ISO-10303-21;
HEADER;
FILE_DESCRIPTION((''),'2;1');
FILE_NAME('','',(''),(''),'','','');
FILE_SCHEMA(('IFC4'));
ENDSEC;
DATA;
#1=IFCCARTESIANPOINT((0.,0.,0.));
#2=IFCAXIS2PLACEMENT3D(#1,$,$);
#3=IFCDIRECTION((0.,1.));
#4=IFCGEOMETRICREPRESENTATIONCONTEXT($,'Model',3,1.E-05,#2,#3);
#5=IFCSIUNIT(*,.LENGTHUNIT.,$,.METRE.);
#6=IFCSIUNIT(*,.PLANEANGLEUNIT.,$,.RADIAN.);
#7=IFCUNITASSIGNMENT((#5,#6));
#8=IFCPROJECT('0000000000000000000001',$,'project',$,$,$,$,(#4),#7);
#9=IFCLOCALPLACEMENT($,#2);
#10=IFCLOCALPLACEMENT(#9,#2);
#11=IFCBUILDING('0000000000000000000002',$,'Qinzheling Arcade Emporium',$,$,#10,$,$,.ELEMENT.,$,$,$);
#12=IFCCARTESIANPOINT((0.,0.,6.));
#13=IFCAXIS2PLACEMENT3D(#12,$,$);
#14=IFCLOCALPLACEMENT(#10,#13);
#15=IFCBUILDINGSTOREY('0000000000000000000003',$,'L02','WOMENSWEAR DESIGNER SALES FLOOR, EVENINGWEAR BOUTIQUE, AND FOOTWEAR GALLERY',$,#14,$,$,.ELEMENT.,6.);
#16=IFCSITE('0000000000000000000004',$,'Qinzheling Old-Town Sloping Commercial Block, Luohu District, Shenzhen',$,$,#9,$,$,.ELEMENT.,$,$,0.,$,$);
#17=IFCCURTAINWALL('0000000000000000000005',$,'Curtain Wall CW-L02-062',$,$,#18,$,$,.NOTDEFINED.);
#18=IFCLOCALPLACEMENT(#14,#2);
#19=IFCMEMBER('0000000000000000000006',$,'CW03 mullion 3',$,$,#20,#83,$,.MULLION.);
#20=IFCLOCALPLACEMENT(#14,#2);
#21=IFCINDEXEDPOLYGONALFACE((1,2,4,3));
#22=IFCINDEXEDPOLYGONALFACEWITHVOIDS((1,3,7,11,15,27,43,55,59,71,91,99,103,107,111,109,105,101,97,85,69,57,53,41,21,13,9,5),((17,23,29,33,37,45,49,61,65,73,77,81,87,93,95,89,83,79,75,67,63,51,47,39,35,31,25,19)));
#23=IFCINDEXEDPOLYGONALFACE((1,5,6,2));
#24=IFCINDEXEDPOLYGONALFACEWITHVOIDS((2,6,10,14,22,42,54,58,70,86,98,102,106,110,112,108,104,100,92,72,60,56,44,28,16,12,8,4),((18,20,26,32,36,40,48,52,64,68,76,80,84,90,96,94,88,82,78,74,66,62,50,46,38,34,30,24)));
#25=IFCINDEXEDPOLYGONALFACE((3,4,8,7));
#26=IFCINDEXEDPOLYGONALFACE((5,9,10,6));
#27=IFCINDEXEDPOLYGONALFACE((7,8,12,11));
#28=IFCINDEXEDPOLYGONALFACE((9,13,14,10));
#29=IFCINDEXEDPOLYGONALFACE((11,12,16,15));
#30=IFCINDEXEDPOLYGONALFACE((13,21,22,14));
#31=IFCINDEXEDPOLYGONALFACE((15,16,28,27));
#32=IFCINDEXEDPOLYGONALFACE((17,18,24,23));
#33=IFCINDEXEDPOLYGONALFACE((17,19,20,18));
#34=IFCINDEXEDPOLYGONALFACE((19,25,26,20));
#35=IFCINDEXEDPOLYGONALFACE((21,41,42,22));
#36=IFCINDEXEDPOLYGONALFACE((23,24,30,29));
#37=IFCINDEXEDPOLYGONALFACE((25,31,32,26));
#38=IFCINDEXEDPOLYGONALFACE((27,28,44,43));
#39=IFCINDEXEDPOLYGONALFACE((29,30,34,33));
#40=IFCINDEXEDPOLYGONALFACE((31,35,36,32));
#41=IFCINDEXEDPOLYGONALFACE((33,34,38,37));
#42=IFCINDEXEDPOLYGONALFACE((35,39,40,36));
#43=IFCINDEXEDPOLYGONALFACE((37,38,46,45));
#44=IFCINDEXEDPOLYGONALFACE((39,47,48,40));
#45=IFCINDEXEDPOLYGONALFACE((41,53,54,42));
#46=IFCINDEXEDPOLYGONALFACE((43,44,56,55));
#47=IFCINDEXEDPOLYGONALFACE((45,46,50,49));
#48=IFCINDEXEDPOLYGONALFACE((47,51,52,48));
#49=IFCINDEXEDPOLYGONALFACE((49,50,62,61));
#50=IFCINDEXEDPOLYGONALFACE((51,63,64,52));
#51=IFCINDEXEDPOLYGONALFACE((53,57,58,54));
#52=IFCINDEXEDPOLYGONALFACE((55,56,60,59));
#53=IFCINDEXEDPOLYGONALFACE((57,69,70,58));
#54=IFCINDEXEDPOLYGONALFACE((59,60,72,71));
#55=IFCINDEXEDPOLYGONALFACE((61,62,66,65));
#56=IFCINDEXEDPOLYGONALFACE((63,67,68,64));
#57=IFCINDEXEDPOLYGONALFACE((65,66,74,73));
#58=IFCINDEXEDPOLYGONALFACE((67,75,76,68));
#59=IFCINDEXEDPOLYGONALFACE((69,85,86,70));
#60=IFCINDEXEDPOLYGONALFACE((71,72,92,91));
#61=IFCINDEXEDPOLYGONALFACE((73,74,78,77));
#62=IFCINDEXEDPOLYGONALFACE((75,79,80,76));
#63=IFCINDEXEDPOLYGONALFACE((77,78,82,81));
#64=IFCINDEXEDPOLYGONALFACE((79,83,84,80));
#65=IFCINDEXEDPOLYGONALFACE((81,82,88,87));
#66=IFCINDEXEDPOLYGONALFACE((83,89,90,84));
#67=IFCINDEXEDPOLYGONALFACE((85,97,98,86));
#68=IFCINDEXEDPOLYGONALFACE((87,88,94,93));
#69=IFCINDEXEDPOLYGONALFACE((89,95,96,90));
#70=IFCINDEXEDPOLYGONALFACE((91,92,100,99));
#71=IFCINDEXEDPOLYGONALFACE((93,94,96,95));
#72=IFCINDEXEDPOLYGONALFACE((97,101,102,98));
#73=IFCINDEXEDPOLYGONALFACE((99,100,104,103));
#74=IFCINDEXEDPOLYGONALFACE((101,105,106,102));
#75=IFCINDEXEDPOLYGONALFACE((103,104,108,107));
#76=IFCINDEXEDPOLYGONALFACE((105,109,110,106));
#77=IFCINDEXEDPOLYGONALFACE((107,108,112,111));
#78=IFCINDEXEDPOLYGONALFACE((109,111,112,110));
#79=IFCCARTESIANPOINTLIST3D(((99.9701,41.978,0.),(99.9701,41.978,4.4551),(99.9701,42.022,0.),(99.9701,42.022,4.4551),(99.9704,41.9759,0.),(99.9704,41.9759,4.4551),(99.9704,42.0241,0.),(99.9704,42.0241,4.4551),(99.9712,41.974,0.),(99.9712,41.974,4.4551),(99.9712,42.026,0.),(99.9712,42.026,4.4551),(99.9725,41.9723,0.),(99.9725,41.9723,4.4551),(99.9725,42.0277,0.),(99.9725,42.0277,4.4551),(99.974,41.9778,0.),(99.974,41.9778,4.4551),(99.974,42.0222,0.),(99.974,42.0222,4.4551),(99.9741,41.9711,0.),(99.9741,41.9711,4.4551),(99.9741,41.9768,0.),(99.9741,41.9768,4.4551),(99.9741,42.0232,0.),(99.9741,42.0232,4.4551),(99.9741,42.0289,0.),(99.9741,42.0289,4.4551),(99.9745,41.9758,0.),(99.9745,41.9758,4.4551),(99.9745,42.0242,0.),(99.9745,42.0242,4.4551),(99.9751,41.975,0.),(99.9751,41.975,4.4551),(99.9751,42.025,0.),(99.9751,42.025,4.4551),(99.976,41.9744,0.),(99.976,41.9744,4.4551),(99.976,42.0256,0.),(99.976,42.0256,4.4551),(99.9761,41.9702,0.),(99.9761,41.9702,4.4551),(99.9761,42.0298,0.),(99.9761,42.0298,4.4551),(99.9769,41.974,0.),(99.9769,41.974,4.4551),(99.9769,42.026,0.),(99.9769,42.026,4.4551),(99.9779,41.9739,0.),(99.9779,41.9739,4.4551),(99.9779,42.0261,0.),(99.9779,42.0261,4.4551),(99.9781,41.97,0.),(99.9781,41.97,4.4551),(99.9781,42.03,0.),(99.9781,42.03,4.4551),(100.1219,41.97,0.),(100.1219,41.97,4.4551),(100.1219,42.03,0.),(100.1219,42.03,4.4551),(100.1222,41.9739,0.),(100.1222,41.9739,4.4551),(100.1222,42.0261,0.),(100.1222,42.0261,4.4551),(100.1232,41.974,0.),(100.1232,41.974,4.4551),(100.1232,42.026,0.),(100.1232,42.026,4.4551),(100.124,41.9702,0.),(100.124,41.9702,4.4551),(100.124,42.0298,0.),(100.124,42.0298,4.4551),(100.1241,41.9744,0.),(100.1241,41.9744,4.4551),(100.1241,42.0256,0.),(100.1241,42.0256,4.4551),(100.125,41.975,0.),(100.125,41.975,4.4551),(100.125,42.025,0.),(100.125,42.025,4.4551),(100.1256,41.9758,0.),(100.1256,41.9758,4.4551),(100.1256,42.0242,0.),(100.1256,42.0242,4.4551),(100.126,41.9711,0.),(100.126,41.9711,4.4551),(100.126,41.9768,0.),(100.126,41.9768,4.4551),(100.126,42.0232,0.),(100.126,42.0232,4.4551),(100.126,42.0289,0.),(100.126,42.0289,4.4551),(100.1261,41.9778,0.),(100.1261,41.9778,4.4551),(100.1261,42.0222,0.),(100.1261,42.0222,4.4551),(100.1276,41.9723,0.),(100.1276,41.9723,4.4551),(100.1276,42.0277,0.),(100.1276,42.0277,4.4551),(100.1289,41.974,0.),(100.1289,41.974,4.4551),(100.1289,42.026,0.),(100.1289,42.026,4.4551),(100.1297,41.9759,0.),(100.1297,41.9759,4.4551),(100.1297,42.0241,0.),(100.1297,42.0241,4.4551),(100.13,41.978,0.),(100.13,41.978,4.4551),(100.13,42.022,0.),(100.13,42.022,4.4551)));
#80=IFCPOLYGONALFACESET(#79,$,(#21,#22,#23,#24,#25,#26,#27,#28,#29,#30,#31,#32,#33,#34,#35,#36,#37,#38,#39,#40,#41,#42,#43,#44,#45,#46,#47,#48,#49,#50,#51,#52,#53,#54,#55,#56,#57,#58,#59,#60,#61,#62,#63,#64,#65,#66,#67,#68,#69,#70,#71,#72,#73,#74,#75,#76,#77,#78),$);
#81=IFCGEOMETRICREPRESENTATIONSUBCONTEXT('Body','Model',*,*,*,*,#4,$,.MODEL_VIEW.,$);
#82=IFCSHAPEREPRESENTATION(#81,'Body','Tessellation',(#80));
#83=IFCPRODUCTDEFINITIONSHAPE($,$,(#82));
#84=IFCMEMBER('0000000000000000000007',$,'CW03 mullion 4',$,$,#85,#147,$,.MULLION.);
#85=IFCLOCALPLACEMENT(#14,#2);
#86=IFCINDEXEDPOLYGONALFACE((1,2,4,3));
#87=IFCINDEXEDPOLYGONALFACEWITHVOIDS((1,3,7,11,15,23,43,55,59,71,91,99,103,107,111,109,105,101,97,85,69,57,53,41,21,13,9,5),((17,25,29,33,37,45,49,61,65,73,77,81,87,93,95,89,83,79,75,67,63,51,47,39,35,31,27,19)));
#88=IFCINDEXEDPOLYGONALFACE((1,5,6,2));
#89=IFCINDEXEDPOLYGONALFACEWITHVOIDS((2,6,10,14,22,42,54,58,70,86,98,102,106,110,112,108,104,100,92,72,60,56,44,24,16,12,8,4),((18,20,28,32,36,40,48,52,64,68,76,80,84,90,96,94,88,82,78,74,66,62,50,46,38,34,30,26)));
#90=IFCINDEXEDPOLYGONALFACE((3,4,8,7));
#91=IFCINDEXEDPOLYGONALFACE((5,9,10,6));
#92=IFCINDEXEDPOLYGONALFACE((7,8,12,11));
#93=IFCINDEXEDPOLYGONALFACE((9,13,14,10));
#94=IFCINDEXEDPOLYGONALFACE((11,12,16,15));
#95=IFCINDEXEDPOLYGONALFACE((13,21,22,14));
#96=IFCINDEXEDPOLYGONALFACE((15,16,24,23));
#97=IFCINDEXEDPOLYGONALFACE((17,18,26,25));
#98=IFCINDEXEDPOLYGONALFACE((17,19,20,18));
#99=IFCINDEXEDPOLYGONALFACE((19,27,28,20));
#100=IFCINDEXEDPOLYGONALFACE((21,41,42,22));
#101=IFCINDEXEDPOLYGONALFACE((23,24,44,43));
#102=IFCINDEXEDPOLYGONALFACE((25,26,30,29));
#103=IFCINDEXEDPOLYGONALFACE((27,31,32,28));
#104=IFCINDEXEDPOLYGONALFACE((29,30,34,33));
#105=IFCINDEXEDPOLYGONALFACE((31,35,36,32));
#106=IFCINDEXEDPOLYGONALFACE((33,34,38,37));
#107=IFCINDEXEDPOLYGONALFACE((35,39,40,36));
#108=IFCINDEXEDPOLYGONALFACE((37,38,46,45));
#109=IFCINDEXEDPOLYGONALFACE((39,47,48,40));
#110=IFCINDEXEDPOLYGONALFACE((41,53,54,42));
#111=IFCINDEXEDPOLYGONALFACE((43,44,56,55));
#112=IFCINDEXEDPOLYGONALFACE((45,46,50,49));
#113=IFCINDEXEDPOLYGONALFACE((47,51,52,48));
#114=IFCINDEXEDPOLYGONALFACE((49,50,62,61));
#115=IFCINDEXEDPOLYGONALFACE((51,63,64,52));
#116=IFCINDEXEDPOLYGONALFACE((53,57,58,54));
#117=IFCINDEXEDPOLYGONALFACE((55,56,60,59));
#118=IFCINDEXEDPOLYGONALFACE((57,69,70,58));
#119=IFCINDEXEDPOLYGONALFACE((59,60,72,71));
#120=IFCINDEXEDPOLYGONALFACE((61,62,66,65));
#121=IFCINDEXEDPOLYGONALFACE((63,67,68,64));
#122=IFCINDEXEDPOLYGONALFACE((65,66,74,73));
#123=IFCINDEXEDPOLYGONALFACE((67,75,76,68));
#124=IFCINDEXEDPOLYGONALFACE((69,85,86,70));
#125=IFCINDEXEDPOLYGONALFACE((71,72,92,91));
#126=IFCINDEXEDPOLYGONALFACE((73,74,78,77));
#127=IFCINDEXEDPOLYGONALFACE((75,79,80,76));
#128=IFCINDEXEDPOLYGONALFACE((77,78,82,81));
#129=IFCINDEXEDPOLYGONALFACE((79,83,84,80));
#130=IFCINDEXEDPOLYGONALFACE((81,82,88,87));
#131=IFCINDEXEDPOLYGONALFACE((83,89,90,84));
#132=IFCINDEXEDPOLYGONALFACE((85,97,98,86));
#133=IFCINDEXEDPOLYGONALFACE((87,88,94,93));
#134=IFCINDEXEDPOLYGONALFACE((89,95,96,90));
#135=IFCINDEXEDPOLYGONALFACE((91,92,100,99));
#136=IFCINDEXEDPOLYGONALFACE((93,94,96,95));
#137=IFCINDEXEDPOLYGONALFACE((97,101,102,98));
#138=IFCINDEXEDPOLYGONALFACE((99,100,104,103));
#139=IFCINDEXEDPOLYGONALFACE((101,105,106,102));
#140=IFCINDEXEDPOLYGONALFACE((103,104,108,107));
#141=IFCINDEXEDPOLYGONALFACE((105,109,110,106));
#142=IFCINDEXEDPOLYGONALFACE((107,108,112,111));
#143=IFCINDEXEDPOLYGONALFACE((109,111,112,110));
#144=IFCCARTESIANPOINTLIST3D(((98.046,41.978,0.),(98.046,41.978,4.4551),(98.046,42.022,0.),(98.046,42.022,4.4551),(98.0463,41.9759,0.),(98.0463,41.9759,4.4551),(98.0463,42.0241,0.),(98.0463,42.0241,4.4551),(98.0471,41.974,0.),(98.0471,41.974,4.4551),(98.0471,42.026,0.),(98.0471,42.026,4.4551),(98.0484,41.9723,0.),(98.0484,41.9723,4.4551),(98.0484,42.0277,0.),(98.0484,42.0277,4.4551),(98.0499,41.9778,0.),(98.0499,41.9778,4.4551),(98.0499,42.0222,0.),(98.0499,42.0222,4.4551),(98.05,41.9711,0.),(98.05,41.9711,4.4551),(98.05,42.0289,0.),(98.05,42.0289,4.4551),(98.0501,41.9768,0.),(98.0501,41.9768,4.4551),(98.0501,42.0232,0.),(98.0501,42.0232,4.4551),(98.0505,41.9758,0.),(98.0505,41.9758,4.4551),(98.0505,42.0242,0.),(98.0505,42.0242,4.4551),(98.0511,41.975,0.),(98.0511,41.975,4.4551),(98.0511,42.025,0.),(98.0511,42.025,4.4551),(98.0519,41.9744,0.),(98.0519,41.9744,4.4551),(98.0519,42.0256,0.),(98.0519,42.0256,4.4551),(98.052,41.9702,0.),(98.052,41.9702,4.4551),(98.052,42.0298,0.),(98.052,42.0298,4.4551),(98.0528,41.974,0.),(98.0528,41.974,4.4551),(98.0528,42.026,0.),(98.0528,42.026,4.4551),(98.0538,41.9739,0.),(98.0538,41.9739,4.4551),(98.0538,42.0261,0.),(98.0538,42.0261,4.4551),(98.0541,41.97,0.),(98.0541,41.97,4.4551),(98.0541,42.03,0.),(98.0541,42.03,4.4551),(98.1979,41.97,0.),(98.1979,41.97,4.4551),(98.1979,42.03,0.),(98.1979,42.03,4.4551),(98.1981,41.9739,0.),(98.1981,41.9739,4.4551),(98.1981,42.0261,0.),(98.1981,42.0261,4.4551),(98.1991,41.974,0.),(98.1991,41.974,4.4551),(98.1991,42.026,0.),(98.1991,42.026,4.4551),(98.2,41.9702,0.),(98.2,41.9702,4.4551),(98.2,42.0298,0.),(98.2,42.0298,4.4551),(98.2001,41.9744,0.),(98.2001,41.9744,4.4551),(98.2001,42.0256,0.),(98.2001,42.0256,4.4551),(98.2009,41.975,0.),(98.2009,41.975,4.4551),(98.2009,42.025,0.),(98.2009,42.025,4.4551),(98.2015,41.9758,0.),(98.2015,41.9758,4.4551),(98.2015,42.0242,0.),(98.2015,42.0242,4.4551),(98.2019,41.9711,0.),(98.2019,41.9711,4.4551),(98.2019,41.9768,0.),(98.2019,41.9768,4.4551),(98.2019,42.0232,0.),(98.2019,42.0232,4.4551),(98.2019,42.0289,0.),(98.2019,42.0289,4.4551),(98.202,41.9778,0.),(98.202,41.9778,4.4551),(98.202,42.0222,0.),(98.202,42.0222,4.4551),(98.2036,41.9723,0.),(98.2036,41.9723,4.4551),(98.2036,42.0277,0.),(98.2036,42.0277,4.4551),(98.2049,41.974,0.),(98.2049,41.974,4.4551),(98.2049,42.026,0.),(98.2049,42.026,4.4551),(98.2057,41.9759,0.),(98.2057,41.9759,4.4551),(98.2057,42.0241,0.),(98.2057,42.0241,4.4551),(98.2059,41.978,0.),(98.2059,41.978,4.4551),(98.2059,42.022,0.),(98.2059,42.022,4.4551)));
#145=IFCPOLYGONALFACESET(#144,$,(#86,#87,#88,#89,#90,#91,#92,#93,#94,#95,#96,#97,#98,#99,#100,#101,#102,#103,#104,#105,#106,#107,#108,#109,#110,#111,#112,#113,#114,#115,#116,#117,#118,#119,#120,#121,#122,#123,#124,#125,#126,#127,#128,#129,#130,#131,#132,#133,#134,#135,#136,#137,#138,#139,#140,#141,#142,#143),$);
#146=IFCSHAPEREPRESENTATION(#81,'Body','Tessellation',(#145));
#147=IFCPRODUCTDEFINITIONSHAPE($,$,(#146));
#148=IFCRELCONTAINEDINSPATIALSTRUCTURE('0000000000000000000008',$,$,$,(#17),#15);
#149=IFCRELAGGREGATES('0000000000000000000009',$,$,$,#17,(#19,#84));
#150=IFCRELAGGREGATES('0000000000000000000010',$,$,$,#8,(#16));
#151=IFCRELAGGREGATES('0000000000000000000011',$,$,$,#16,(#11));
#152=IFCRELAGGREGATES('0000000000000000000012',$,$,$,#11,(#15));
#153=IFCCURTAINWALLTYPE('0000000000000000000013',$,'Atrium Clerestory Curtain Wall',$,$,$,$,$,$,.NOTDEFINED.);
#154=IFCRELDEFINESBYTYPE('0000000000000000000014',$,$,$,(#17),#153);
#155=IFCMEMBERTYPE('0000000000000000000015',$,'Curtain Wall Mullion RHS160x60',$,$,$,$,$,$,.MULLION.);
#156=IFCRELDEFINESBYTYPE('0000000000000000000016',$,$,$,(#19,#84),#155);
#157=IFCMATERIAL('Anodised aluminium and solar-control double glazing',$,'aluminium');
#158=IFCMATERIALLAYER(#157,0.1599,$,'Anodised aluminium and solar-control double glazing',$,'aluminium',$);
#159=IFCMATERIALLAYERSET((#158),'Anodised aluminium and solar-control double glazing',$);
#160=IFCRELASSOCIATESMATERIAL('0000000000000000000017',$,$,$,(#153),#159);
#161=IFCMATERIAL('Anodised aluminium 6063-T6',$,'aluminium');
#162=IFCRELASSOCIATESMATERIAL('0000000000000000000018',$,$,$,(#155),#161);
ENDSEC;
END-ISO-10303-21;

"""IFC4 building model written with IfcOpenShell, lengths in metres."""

from ifc_helpers import new_model, si_unit, direction, frame, origin, origin_2d, place, context, subcontext, project, spatial, hollow_rectangle, extrude, material, layer, layer_set, material_profile, profile_set, type_object, element, aggregate, save


model = new_model("IFC4")

# Units and contexts
model_context = context("Model", 3, precision=1e-05, world=origin(), true_north=direction((0.0, 1.0)))
body_context = subcontext(model_context, "Body", "Model", "MODEL_VIEW")
ifc_project = project(units=[si_unit("LENGTHUNIT", "METRE"), si_unit("PLANEANGLEUNIT", "RADIAN")], contexts=[model_context])

# Site, building, storey
site_placement = place(None, origin())
site = spatial("IfcSite", under=ifc_project, at=site_placement, Name="Qinzheling Old-Town Sloping Commercial Block, Luohu District, Shenzhen", CompositionType="ELEMENT", RefElevation=0.0)
building_placement = place(site_placement, origin())
building = spatial("IfcBuilding", under=site, at=building_placement, Name="Qinzheling Arcade Emporium", CompositionType="ELEMENT")
storey_placement = place(building_placement, frame((0.0, 0.0, 6.0)))
storey = spatial("IfcBuildingStorey", under=building, at=storey_placement, Name="L02", Description="WOMENSWEAR DESIGNER SALES FLOOR, EVENINGWEAR BOUTIQUE, AND FOOTWEAR GALLERY", CompositionType="ELEMENT", Elevation=6.0)

# Curtain wall, members
ifc_material_1 = material(Name="Anodised aluminium and solar-control double glazing", Category="aluminium")
ifc_layer_1 = layer(ifc_material_1, 0.1599, Name="Anodised aluminium and solar-control double glazing", Category="aluminium")
ifc_layer_set_1 = layer_set([ifc_layer_1], Name="Anodised aluminium and solar-control double glazing")
curtain_wall_type = type_object("IfcCurtainWallType", Name="Atrium Clerestory Curtain Wall", PredefinedType="NOTDEFINED", material=ifc_layer_set_1)
curtain_wall_placement = place(storey_placement, origin())
curtain_wall = element("IfcCurtainWall", 1, at=curtain_wall_placement, inside=storey, type_object=curtain_wall_type, Name="Curtain Wall CW-L02-062", PredefinedType="NOTDEFINED")
ifc_material_2 = material(Name="Anodised aluminium 6063-T6", Category="aluminium")
ifc_material_profile_1 = material_profile(ifc_material_2, hollow_rectangle(XDim=0.0601, YDim=0.1599, WallThickness=0.0039, InnerFilletRadius=0.0039, OuterFilletRadius=0.0081, at=origin_2d()), Name="RHS 160x60x4", Category="aluminium")
ifc_profile_set_1 = profile_set([ifc_material_profile_1], Name="Anodised aluminium 6063-T6")
member_type_1 = type_object("IfcMemberType", Name="Curtain Wall Mullion RHS160x60", PredefinedType="MULLION", material=ifc_profile_set_1)
member_1_placement = place(storey_placement, frame((100.05, 42.0, 0.0), z_axis=(0.0, 0.0, 1.0), x_axis=(0.0, -1.0, 0.0)))
member_1 = element("IfcMember", 2, at=member_1_placement, type_object=member_type_1, Name="CW03 mullion 3", PredefinedType="MULLION", context=body_context, shape_type="SweptSolid", body=[
    extrude(hollow_rectangle(XDim=0.0601, YDim=0.1599, WallThickness=0.0039, InnerFilletRadius=0.0039, OuterFilletRadius=0.0081, at=origin_2d()), origin(), (0.0, 0.0, 1.0), 4.4551),
])
member_2_placement = place(storey_placement, frame((98.126, 42.0, 0.0), z_axis=(0.0, 0.0, 1.0), x_axis=(0.0, -1.0, 0.0)))
member_2 = element("IfcMember", 3, at=member_2_placement, type_object=member_type_1, Name="CW03 mullion 4", PredefinedType="MULLION", context=body_context, shape_type="SweptSolid", body=[
    extrude(hollow_rectangle(XDim=0.0601, YDim=0.1599, WallThickness=0.0039, InnerFilletRadius=0.0039, OuterFilletRadius=0.0081, at=origin_2d()), origin(), (0.0, 0.0, 1.0), 4.4551),
])

aggregate(curtain_wall, [member_1, member_2])

save(model, "model.ifc")
